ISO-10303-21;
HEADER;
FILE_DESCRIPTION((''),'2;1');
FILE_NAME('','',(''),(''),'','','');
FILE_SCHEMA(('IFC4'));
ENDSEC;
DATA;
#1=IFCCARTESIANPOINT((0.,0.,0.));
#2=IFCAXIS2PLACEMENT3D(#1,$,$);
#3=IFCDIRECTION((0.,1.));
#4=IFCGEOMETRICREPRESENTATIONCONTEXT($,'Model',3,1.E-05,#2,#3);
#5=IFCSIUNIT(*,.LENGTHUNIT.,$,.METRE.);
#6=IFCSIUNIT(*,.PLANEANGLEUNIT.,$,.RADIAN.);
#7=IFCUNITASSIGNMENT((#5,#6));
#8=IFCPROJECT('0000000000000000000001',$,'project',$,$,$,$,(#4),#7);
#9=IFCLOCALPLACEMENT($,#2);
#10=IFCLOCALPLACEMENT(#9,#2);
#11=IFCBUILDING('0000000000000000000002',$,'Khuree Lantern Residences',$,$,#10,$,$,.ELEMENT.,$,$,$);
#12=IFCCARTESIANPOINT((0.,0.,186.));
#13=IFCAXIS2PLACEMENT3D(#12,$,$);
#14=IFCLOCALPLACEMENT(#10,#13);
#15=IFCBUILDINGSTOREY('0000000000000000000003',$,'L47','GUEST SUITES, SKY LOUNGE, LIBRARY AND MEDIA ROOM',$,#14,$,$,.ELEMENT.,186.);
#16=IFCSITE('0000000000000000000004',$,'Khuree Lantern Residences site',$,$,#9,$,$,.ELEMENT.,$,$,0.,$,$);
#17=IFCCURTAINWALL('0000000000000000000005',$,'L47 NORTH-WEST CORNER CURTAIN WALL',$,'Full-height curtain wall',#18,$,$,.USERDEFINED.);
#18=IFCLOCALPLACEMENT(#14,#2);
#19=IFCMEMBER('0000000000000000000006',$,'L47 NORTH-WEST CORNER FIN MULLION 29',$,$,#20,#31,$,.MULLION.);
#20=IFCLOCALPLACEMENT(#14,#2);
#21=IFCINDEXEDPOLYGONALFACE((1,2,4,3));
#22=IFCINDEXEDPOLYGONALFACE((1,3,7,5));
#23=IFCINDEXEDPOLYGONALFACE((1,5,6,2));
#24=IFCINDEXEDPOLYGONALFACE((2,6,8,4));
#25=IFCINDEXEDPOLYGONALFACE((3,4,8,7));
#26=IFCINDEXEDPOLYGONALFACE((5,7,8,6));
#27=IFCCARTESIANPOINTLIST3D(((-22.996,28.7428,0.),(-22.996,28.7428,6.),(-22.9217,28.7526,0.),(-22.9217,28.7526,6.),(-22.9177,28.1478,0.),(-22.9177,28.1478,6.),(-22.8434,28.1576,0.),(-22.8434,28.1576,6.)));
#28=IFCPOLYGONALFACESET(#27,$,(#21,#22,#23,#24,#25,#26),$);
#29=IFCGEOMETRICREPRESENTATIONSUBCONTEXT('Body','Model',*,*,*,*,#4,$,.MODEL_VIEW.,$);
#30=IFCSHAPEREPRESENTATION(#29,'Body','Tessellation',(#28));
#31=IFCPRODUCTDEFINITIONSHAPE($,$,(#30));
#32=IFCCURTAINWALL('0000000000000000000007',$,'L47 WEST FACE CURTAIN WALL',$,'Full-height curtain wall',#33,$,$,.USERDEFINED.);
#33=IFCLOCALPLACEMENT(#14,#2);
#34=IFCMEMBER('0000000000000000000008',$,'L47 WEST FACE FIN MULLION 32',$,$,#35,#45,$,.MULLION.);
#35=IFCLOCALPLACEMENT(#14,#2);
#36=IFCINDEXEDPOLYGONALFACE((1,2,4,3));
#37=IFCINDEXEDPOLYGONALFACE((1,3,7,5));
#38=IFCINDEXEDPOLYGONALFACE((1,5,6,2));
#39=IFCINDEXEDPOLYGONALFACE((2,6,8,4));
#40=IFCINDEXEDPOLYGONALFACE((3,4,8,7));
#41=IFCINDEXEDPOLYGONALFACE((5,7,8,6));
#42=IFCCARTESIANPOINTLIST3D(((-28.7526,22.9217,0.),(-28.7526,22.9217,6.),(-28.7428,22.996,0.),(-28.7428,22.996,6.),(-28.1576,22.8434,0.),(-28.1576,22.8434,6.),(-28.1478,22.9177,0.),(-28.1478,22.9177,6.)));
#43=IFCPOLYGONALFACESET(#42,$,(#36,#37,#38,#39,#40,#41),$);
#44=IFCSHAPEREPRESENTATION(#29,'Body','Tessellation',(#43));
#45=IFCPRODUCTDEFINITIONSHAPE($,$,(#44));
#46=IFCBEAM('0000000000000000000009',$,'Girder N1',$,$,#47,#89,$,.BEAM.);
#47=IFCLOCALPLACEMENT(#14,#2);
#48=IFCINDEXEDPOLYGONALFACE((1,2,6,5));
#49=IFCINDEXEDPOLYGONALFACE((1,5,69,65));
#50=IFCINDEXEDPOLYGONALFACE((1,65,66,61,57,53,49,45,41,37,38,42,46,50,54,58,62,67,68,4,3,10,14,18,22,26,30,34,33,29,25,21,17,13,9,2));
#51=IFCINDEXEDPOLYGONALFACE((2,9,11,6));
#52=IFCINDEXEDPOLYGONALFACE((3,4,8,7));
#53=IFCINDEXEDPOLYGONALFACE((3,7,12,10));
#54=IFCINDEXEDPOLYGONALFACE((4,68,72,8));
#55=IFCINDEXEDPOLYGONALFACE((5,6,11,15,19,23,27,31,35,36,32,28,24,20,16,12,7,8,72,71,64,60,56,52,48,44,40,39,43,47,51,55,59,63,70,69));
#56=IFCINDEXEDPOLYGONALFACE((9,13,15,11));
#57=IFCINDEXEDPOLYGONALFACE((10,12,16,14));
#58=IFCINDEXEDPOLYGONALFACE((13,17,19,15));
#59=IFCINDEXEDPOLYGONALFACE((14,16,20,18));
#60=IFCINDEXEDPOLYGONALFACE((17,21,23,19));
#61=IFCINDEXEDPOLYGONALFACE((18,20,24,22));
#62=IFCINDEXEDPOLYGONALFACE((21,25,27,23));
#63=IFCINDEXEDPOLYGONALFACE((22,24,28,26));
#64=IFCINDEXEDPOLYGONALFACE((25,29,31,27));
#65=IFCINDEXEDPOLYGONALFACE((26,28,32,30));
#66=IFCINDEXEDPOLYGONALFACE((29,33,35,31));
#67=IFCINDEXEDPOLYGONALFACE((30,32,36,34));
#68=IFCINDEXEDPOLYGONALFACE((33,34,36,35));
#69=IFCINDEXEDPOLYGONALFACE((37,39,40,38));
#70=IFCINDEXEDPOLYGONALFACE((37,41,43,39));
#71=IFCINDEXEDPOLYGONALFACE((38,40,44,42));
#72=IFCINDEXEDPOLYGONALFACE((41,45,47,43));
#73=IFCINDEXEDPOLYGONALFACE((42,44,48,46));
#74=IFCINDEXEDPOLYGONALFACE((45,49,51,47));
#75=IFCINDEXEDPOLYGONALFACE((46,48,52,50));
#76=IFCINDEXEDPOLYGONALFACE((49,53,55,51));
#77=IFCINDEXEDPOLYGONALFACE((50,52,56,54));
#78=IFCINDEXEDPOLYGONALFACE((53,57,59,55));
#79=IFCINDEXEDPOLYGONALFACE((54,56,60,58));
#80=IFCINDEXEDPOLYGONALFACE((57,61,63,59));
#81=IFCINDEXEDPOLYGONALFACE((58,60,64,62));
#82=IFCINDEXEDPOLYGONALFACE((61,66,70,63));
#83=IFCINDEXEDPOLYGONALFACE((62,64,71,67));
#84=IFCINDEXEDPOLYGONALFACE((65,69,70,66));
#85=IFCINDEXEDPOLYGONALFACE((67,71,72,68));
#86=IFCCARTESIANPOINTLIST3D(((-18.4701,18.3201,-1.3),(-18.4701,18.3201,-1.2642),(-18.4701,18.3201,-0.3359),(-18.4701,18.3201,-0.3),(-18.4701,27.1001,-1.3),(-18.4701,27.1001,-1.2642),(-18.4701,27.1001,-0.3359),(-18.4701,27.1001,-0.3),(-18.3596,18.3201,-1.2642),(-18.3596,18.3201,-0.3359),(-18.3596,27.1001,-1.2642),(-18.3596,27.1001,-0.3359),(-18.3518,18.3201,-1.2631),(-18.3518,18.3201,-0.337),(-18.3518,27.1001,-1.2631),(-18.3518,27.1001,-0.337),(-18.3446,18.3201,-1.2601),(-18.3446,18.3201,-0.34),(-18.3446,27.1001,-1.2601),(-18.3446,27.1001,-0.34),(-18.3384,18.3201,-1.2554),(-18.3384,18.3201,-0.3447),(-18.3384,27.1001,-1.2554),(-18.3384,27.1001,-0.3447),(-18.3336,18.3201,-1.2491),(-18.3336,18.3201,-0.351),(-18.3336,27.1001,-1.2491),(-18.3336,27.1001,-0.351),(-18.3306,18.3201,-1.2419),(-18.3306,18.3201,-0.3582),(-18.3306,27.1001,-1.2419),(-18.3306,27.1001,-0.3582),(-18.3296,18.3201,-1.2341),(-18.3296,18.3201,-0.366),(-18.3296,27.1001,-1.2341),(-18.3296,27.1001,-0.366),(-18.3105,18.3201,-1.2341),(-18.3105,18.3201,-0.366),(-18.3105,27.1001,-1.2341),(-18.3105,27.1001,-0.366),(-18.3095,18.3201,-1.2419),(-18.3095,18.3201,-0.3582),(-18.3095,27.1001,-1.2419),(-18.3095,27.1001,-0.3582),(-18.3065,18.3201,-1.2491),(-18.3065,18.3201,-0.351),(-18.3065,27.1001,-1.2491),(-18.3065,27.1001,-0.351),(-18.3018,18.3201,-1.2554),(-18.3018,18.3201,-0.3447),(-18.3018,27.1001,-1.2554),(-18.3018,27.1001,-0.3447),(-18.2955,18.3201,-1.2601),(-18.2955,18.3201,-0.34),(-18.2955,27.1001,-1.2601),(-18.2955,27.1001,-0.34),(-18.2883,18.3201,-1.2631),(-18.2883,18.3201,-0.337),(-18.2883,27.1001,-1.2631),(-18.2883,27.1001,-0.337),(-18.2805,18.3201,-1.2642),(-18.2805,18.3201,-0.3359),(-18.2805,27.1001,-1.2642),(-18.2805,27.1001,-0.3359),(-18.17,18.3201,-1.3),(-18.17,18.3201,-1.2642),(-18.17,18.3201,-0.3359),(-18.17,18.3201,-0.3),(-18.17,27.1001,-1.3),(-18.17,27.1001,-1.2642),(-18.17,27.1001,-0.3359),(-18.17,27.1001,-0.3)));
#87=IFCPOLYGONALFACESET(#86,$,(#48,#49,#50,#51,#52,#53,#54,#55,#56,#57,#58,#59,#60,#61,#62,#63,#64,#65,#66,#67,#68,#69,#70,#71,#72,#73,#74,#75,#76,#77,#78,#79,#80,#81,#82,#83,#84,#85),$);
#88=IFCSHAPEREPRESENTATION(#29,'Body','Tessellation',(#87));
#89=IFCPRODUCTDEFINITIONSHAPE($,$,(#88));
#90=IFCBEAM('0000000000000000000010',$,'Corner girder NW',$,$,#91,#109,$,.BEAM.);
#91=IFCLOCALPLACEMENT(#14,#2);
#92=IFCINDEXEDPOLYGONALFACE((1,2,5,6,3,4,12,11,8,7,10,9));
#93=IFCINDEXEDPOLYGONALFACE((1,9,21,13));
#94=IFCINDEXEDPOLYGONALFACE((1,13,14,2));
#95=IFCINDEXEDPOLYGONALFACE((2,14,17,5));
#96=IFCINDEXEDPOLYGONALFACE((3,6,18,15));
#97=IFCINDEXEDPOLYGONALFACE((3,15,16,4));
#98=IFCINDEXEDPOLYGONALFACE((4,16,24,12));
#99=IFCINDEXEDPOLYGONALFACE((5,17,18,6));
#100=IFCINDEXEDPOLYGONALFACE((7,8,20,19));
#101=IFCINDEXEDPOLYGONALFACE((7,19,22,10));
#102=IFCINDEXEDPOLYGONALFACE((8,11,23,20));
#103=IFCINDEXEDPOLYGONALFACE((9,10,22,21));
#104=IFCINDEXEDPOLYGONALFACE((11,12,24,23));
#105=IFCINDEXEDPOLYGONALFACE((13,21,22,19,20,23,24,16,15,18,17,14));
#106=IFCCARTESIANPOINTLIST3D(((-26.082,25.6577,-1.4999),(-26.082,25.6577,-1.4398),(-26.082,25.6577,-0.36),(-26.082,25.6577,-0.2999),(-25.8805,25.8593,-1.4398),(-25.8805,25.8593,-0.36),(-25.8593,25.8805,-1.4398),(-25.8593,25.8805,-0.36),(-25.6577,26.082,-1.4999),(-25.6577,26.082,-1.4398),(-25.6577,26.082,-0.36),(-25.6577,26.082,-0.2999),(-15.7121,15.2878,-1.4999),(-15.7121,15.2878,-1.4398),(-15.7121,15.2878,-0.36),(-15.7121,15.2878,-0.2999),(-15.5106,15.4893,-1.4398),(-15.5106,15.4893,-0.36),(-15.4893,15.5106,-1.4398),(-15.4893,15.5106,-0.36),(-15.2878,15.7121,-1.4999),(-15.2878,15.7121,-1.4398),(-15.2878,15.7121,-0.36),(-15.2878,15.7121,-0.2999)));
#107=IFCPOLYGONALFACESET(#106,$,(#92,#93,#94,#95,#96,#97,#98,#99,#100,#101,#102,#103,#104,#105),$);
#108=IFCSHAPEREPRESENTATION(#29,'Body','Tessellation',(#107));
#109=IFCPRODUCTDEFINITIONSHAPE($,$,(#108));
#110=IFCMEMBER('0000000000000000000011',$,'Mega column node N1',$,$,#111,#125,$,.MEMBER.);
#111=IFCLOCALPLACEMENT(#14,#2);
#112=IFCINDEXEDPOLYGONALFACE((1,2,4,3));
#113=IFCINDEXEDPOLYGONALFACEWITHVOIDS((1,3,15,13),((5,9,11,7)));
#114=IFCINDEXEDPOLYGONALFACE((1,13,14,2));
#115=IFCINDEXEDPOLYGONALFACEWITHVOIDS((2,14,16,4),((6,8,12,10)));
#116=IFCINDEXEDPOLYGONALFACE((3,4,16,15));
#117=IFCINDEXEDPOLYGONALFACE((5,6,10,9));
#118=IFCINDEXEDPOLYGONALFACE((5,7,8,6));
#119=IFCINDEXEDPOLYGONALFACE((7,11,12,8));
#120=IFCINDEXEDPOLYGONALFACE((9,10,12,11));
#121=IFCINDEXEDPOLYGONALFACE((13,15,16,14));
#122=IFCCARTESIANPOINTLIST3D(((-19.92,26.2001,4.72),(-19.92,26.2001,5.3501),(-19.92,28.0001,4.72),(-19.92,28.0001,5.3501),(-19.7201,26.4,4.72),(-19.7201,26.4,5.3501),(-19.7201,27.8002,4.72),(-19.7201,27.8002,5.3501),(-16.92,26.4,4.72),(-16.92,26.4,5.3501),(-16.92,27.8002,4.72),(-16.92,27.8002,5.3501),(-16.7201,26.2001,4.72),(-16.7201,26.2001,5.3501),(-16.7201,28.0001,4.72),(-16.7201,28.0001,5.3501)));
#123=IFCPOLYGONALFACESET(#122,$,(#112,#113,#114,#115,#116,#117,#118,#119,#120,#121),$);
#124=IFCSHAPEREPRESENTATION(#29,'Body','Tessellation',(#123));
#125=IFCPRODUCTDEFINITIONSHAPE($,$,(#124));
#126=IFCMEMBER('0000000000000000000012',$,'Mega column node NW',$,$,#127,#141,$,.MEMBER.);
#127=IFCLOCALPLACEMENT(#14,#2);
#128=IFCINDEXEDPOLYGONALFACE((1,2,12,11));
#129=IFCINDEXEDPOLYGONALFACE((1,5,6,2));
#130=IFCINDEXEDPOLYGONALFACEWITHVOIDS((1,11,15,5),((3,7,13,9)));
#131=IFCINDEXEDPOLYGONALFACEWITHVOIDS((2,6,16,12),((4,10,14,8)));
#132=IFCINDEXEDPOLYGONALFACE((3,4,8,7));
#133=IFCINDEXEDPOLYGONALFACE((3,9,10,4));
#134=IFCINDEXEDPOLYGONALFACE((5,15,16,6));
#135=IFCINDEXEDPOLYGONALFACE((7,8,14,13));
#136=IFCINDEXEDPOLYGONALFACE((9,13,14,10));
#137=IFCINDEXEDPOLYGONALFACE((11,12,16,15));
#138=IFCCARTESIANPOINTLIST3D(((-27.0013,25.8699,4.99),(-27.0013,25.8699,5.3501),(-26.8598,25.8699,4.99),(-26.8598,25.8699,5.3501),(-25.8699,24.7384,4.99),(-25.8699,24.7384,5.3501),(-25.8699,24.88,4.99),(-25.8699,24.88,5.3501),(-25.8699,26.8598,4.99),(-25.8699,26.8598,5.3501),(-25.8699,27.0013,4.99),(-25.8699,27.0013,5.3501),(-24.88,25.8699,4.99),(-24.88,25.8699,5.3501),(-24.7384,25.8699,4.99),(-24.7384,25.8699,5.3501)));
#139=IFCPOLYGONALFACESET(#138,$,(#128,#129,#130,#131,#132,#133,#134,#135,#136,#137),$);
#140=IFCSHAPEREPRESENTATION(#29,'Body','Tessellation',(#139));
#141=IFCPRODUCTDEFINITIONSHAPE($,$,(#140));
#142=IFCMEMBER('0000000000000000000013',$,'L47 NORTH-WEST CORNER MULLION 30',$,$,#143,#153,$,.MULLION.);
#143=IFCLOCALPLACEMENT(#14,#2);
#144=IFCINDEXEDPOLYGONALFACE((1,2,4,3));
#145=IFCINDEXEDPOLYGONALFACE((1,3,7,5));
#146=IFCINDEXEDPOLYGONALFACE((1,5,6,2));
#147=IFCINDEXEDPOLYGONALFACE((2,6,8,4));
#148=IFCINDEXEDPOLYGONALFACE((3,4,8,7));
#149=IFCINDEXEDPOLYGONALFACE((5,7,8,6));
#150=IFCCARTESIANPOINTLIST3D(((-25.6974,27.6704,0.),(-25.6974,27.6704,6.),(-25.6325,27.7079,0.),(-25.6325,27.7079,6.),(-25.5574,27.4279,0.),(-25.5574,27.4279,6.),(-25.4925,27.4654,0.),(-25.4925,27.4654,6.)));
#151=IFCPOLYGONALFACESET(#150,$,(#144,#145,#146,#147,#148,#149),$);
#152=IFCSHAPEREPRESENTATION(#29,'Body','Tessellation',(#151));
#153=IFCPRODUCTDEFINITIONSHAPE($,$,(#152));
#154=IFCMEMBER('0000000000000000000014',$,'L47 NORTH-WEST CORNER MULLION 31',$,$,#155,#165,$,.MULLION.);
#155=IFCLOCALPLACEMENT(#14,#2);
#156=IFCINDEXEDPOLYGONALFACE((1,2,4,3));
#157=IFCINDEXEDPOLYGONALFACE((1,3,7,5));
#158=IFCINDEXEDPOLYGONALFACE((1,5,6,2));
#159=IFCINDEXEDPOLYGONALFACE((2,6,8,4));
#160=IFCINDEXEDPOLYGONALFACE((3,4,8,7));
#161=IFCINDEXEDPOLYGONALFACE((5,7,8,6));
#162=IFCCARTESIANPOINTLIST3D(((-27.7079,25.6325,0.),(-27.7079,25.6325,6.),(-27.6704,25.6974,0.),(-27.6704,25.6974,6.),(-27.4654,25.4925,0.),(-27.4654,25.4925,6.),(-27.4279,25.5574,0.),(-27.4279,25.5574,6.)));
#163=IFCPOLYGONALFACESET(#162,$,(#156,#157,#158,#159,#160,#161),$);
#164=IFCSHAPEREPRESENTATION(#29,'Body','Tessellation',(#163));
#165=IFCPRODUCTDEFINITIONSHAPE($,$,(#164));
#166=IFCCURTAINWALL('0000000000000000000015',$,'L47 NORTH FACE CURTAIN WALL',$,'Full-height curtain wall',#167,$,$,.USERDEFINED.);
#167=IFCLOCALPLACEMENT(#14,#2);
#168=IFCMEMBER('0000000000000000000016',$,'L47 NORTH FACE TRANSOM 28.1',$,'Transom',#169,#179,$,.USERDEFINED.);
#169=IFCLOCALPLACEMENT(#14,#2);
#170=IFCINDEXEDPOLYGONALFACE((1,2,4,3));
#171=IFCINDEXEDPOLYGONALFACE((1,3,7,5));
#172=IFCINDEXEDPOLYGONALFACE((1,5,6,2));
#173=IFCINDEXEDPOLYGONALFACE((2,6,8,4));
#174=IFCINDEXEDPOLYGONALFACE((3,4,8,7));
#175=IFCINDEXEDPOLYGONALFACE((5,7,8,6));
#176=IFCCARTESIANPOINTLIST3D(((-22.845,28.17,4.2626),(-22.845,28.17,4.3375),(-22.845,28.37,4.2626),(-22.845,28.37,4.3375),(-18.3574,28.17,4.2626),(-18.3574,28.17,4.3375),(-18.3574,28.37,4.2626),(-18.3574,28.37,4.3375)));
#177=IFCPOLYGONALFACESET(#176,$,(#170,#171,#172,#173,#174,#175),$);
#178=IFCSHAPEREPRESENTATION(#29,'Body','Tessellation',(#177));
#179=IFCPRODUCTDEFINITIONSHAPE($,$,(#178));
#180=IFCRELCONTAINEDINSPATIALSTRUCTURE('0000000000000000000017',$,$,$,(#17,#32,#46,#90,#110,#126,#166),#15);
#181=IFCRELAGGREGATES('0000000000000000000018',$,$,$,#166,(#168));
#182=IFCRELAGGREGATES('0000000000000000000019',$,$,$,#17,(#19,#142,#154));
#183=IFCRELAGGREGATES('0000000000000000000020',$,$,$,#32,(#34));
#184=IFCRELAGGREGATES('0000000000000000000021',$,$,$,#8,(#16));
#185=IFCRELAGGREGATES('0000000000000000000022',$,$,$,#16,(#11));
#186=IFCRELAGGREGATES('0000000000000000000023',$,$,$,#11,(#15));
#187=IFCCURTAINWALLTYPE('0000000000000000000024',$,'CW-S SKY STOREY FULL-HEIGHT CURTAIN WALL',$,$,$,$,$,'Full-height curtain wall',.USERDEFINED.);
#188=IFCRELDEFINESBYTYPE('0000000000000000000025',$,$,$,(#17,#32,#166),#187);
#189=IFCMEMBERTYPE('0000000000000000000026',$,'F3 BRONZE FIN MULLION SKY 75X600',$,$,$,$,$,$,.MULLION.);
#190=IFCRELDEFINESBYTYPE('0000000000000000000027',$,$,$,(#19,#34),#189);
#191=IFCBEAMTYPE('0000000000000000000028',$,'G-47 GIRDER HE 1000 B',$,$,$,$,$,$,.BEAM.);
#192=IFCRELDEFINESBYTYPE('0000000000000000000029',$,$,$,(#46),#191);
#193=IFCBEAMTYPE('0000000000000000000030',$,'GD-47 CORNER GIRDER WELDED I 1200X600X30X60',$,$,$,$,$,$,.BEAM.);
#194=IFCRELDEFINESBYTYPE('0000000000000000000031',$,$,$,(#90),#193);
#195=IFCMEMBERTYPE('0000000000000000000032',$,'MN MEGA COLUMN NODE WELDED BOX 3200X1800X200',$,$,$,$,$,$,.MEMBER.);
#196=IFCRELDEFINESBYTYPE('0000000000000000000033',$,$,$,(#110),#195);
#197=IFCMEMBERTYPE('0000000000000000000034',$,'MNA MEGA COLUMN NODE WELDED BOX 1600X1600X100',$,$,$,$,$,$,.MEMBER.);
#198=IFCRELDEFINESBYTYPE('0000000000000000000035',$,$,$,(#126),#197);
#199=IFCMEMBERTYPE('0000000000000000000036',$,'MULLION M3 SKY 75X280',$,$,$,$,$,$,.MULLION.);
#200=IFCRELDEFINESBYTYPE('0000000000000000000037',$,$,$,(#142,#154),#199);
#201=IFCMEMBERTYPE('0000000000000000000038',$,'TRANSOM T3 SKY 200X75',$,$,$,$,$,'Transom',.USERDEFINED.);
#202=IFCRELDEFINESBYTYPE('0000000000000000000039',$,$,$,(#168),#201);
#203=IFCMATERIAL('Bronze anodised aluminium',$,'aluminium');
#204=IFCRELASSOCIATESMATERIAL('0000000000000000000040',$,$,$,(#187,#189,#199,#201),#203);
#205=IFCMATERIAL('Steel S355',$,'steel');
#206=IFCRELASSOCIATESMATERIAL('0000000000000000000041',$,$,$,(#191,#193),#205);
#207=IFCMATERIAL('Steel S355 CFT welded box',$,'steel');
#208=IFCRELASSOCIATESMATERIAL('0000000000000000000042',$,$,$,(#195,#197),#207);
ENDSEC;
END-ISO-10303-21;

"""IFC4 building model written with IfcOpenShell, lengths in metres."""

from ifc_helpers import new_model, si_unit, direction, frame, origin, origin_2d, place, context, subcontext, project, spatial, rectangle, hollow_rectangle, i_section, extrude, material, material_profile, profile_set, type_object, element, aggregate, save


model = new_model("IFC4")

# Units and contexts
model_context = context("Model", 3, precision=1e-05, world=origin(), true_north=direction((0.0, 1.0)))
body_context = subcontext(model_context, "Body", "Model", "MODEL_VIEW")
ifc_project = project(units=[si_unit("LENGTHUNIT", "METRE"), si_unit("PLANEANGLEUNIT", "RADIAN")], contexts=[model_context])

# Site, building, storey
site_placement = place(None, origin())
site = spatial("IfcSite", under=ifc_project, at=site_placement, Name="Khuree Lantern Residences site", CompositionType="ELEMENT", RefElevation=0.0)
building_placement = place(site_placement, origin())
building = spatial("IfcBuilding", under=site, at=building_placement, Name="Khuree Lantern Residences", CompositionType="ELEMENT")
storey_placement = place(building_placement, frame((0.0, 0.0, 186.0)))
storey = spatial("IfcBuildingStorey", under=building, at=storey_placement, Name="L47", Description="GUEST SUITES, SKY LOUNGE, LIBRARY AND MEDIA ROOM", CompositionType="ELEMENT", Elevation=186.0)

# Shared definitions
ifc_material_1 = material(Name="Steel S355 CFT welded box", Category="steel")

# Shared definitions
ifc_material_2 = material(Name="Steel S355", Category="steel")

# Curtain walls, members
ifc_material_3 = material(Name="Bronze anodised aluminium", Category="aluminium")
curtain_wall_type = type_object("IfcCurtainWallType", Name="CW-S SKY STOREY FULL-HEIGHT CURTAIN WALL", ElementType="Full-height curtain wall", PredefinedType="USERDEFINED", material=ifc_material_3)
curtain_wall_1_placement = place(storey_placement, origin())
curtain_wall_1 = element("IfcCurtainWall", 1, at=curtain_wall_1_placement, inside=storey, type_object=curtain_wall_type, Name="L47 NORTH-WEST CORNER CURTAIN WALL", ObjectType="Full-height curtain wall", PredefinedType="USERDEFINED")
ifc_material_profile_1 = material_profile(ifc_material_3, rectangle(XDim=0.075, YDim=0.6001, at=origin_2d()), Name="F3 75X600")
ifc_profile_set_1 = profile_set([ifc_material_profile_1], Name="Bronze anodised aluminium")
member_type_1 = type_object("IfcMemberType", Name="F3 BRONZE FIN MULLION SKY 75X600", PredefinedType="MULLION", material=ifc_profile_set_1)
member_1_placement = place(storey_placement, frame((-22.9197, 28.4502, 0.0), z_axis=(0.0, 0.0, 1.0), x_axis=(-0.991445, -0.130526, 0.0)))
member_1 = element("IfcMember", 2, at=member_1_placement, type_object=member_type_1, Name="L47 NORTH-WEST CORNER FIN MULLION 29", PredefinedType="MULLION", context=body_context, shape_type="SweptSolid", body=[
    extrude(rectangle(XDim=0.075, YDim=0.6001, at=origin_2d()), origin(), (0.0, 0.0, 1.0), 6.0),
])
curtain_wall_2_placement = place(storey_placement, origin())
curtain_wall_2 = element("IfcCurtainWall", 3, at=curtain_wall_2_placement, inside=storey, type_object=curtain_wall_type, Name="L47 WEST FACE CURTAIN WALL", ObjectType="Full-height curtain wall", PredefinedType="USERDEFINED")
member_2_placement = place(storey_placement, frame((-28.4502, 22.9197, 0.0), z_axis=(0.0, 0.0, 1.0), x_axis=(-0.130526, -0.991445, 0.0)))
member_2 = element("IfcMember", 4, at=member_2_placement, type_object=member_type_1, Name="L47 WEST FACE FIN MULLION 32", PredefinedType="MULLION", context=body_context, shape_type="SweptSolid", body=[
    extrude(rectangle(XDim=0.075, YDim=0.6001, at=origin_2d()), origin(), (0.0, 0.0, 1.0), 6.0),
])

# Beams
ifc_material_profile_2 = material_profile(ifc_material_2, i_section(OverallWidth=0.3, OverallDepth=1.0, WebThickness=0.019, FlangeThickness=0.0359, FilletRadius=0.03, at=origin_2d()), Name="HE 1000 B")
ifc_profile_set_2 = profile_set([ifc_material_profile_2], Name="Steel S355")
beam_type_1 = type_object("IfcBeamType", Name="G-47 GIRDER HE 1000 B", PredefinedType="BEAM", material=ifc_profile_set_2)
beam_1_placement = place(storey_placement, frame((-18.3201, 27.1001, -0.8), z_axis=(0.0, -1.0, 0.0), x_axis=(1.0, 0.0, 0.0)))
element("IfcBeam", 5, at=beam_1_placement, inside=storey, type_object=beam_type_1, Name="Girder N1", PredefinedType="BEAM", context=body_context, shape_type="SweptSolid", body=[
    extrude(i_section(OverallWidth=0.3, OverallDepth=1.0, WebThickness=0.019, FlangeThickness=0.0359, FilletRadius=0.03, at=origin_2d()), origin(), (0.0, 0.0, 1.0), 8.78),
])
ifc_material_profile_3 = material_profile(ifc_material_2, i_section(OverallWidth=0.6001, OverallDepth=1.2, WebThickness=0.03, FlangeThickness=0.0601, at=origin_2d()), Name="WELDED I 1200X600X30X60")
ifc_profile_set_3 = profile_set([ifc_material_profile_3], Name="Steel S355")
beam_type_2 = type_object("IfcBeamType", Name="GD-47 CORNER GIRDER WELDED I 1200X600X30X60", PredefinedType="BEAM", material=ifc_profile_set_3)
beam_2_placement = place(storey_placement, frame((-25.8699, 25.8699, -0.8999), z_axis=(0.707107, -0.707107, 0.0), x_axis=(0.707107, 0.707107, 0.0)))
element("IfcBeam", 6, at=beam_2_placement, inside=storey, type_object=beam_type_2, Name="Corner girder NW", PredefinedType="BEAM", context=body_context, shape_type="SweptSolid", body=[
    extrude(i_section(OverallWidth=0.6001, OverallDepth=1.2, WebThickness=0.03, FlangeThickness=0.0601, at=origin_2d()), origin(), (0.0, 0.0, 1.0), 14.6653),
])

# Members
ifc_material_profile_4 = material_profile(ifc_material_1, hollow_rectangle(XDim=3.2, YDim=1.8, WallThickness=0.2, at=origin_2d()), Name="WELDED BOX 3200X1800X200")
ifc_profile_set_4 = profile_set([ifc_material_profile_4], Name="Steel S355 CFT welded box")
member_type_2 = type_object("IfcMemberType", Name="MN MEGA COLUMN NODE WELDED BOX 3200X1800X200", PredefinedType="MEMBER", material=ifc_profile_set_4)
member_3_placement = place(storey_placement, frame((-18.3201, 27.1001, 4.72), z_axis=(0.0, 0.0, 1.0), x_axis=(1.0, 0.0, 0.0)))
element("IfcMember", 7, at=member_3_placement, inside=storey, type_object=member_type_2, Name="Mega column node N1", PredefinedType="MEMBER", context=body_context, shape_type="SweptSolid", body=[
    extrude(hollow_rectangle(XDim=3.2, YDim=1.8, WallThickness=0.2, at=origin_2d()), origin(), (0.0, 0.0, 1.0), 0.6301),
])
ifc_material_profile_5 = material_profile(ifc_material_1, hollow_rectangle(XDim=1.6001, YDim=1.6001, WallThickness=0.1001, at=origin_2d()), Name="WELDED BOX 1600X1600X100")
ifc_profile_set_5 = profile_set([ifc_material_profile_5], Name="Steel S355 CFT welded box")
member_type_3 = type_object("IfcMemberType", Name="MNA MEGA COLUMN NODE WELDED BOX 1600X1600X100", PredefinedType="MEMBER", material=ifc_profile_set_5)
member_4_placement = place(storey_placement, frame((-25.8699, 25.8699, 4.99), z_axis=(0.0, 0.0, 1.0), x_axis=(0.707107, 0.707107, 0.0)))
element("IfcMember", 8, at=member_4_placement, inside=storey, type_object=member_type_3, Name="Mega column node NW", PredefinedType="MEMBER", context=body_context, shape_type="SweptSolid", body=[
    extrude(hollow_rectangle(XDim=1.6001, YDim=1.6001, WallThickness=0.1001, at=origin_2d()), origin(), (0.0, 0.0, 1.0), 0.3601),
])

# Members
ifc_material_profile_6 = material_profile(ifc_material_3, rectangle(XDim=0.075, YDim=0.28, at=origin_2d()), Name="M3 75X280")
ifc_profile_set_6 = profile_set([ifc_material_profile_6], Name="Bronze anodised aluminium")
member_type_4 = type_object("IfcMemberType", Name="MULLION M3 SKY 75X280", PredefinedType="MULLION", material=ifc_profile_set_6)
member_5_placement = place(storey_placement, frame((-25.595, 27.5679, 0.0), z_axis=(0.0, 0.0, 1.0), x_axis=(-0.866025, -0.5, 0.0)))
member_5 = element("IfcMember", 9, at=member_5_placement, type_object=member_type_4, Name="L47 NORTH-WEST CORNER MULLION 30", PredefinedType="MULLION", context=body_context, shape_type="SweptSolid", body=[
    extrude(rectangle(XDim=0.075, YDim=0.28, at=origin_2d()), origin(), (0.0, 0.0, 1.0), 6.0),
])
member_6_placement = place(storey_placement, frame((-27.5679, 25.595, 0.0), z_axis=(0.0, 0.0, 1.0), x_axis=(-0.5, -0.866025, 0.0)))
member_6 = element("IfcMember", 10, at=member_6_placement, type_object=member_type_4, Name="L47 NORTH-WEST CORNER MULLION 31", PredefinedType="MULLION", context=body_context, shape_type="SweptSolid", body=[
    extrude(rectangle(XDim=0.075, YDim=0.28, at=origin_2d()), origin(), (0.0, 0.0, 1.0), 6.0),
])

# Curtain wall, member
curtain_wall_3_placement = place(storey_placement, origin())
curtain_wall_3 = element("IfcCurtainWall", 11, at=curtain_wall_3_placement, inside=storey, type_object=curtain_wall_type, Name="L47 NORTH FACE CURTAIN WALL", ObjectType="Full-height curtain wall", PredefinedType="USERDEFINED")
ifc_material_profile_7 = material_profile(ifc_material_3, rectangle(XDim=0.2, YDim=0.075, at=origin_2d()), Name="T3 200X75")
ifc_profile_set_7 = profile_set([ifc_material_profile_7], Name="Bronze anodised aluminium")
member_type_5 = type_object("IfcMemberType", Name="TRANSOM T3 SKY 200X75", ElementType="Transom", PredefinedType="USERDEFINED", material=ifc_profile_set_7)
member_7_placement = place(storey_placement, frame((-18.3574, 28.27, 4.3), z_axis=(-1.0, 0.0, 0.0), x_axis=(0.0, -1.0, 0.0)))
member_7 = element("IfcMember", 12, at=member_7_placement, type_object=member_type_5, Name="L47 NORTH FACE TRANSOM 28.1", ObjectType="Transom", PredefinedType="USERDEFINED", context=body_context, shape_type="SweptSolid", body=[
    extrude(rectangle(XDim=0.2, YDim=0.075, at=origin_2d()), origin(), (0.0, 0.0, 1.0), 4.4875),
])

aggregate(curtain_wall_3, [member_7])
aggregate(curtain_wall_1, [member_1, member_5, member_6])
aggregate(curtain_wall_2, [member_2])

save(model, "model.ifc")
